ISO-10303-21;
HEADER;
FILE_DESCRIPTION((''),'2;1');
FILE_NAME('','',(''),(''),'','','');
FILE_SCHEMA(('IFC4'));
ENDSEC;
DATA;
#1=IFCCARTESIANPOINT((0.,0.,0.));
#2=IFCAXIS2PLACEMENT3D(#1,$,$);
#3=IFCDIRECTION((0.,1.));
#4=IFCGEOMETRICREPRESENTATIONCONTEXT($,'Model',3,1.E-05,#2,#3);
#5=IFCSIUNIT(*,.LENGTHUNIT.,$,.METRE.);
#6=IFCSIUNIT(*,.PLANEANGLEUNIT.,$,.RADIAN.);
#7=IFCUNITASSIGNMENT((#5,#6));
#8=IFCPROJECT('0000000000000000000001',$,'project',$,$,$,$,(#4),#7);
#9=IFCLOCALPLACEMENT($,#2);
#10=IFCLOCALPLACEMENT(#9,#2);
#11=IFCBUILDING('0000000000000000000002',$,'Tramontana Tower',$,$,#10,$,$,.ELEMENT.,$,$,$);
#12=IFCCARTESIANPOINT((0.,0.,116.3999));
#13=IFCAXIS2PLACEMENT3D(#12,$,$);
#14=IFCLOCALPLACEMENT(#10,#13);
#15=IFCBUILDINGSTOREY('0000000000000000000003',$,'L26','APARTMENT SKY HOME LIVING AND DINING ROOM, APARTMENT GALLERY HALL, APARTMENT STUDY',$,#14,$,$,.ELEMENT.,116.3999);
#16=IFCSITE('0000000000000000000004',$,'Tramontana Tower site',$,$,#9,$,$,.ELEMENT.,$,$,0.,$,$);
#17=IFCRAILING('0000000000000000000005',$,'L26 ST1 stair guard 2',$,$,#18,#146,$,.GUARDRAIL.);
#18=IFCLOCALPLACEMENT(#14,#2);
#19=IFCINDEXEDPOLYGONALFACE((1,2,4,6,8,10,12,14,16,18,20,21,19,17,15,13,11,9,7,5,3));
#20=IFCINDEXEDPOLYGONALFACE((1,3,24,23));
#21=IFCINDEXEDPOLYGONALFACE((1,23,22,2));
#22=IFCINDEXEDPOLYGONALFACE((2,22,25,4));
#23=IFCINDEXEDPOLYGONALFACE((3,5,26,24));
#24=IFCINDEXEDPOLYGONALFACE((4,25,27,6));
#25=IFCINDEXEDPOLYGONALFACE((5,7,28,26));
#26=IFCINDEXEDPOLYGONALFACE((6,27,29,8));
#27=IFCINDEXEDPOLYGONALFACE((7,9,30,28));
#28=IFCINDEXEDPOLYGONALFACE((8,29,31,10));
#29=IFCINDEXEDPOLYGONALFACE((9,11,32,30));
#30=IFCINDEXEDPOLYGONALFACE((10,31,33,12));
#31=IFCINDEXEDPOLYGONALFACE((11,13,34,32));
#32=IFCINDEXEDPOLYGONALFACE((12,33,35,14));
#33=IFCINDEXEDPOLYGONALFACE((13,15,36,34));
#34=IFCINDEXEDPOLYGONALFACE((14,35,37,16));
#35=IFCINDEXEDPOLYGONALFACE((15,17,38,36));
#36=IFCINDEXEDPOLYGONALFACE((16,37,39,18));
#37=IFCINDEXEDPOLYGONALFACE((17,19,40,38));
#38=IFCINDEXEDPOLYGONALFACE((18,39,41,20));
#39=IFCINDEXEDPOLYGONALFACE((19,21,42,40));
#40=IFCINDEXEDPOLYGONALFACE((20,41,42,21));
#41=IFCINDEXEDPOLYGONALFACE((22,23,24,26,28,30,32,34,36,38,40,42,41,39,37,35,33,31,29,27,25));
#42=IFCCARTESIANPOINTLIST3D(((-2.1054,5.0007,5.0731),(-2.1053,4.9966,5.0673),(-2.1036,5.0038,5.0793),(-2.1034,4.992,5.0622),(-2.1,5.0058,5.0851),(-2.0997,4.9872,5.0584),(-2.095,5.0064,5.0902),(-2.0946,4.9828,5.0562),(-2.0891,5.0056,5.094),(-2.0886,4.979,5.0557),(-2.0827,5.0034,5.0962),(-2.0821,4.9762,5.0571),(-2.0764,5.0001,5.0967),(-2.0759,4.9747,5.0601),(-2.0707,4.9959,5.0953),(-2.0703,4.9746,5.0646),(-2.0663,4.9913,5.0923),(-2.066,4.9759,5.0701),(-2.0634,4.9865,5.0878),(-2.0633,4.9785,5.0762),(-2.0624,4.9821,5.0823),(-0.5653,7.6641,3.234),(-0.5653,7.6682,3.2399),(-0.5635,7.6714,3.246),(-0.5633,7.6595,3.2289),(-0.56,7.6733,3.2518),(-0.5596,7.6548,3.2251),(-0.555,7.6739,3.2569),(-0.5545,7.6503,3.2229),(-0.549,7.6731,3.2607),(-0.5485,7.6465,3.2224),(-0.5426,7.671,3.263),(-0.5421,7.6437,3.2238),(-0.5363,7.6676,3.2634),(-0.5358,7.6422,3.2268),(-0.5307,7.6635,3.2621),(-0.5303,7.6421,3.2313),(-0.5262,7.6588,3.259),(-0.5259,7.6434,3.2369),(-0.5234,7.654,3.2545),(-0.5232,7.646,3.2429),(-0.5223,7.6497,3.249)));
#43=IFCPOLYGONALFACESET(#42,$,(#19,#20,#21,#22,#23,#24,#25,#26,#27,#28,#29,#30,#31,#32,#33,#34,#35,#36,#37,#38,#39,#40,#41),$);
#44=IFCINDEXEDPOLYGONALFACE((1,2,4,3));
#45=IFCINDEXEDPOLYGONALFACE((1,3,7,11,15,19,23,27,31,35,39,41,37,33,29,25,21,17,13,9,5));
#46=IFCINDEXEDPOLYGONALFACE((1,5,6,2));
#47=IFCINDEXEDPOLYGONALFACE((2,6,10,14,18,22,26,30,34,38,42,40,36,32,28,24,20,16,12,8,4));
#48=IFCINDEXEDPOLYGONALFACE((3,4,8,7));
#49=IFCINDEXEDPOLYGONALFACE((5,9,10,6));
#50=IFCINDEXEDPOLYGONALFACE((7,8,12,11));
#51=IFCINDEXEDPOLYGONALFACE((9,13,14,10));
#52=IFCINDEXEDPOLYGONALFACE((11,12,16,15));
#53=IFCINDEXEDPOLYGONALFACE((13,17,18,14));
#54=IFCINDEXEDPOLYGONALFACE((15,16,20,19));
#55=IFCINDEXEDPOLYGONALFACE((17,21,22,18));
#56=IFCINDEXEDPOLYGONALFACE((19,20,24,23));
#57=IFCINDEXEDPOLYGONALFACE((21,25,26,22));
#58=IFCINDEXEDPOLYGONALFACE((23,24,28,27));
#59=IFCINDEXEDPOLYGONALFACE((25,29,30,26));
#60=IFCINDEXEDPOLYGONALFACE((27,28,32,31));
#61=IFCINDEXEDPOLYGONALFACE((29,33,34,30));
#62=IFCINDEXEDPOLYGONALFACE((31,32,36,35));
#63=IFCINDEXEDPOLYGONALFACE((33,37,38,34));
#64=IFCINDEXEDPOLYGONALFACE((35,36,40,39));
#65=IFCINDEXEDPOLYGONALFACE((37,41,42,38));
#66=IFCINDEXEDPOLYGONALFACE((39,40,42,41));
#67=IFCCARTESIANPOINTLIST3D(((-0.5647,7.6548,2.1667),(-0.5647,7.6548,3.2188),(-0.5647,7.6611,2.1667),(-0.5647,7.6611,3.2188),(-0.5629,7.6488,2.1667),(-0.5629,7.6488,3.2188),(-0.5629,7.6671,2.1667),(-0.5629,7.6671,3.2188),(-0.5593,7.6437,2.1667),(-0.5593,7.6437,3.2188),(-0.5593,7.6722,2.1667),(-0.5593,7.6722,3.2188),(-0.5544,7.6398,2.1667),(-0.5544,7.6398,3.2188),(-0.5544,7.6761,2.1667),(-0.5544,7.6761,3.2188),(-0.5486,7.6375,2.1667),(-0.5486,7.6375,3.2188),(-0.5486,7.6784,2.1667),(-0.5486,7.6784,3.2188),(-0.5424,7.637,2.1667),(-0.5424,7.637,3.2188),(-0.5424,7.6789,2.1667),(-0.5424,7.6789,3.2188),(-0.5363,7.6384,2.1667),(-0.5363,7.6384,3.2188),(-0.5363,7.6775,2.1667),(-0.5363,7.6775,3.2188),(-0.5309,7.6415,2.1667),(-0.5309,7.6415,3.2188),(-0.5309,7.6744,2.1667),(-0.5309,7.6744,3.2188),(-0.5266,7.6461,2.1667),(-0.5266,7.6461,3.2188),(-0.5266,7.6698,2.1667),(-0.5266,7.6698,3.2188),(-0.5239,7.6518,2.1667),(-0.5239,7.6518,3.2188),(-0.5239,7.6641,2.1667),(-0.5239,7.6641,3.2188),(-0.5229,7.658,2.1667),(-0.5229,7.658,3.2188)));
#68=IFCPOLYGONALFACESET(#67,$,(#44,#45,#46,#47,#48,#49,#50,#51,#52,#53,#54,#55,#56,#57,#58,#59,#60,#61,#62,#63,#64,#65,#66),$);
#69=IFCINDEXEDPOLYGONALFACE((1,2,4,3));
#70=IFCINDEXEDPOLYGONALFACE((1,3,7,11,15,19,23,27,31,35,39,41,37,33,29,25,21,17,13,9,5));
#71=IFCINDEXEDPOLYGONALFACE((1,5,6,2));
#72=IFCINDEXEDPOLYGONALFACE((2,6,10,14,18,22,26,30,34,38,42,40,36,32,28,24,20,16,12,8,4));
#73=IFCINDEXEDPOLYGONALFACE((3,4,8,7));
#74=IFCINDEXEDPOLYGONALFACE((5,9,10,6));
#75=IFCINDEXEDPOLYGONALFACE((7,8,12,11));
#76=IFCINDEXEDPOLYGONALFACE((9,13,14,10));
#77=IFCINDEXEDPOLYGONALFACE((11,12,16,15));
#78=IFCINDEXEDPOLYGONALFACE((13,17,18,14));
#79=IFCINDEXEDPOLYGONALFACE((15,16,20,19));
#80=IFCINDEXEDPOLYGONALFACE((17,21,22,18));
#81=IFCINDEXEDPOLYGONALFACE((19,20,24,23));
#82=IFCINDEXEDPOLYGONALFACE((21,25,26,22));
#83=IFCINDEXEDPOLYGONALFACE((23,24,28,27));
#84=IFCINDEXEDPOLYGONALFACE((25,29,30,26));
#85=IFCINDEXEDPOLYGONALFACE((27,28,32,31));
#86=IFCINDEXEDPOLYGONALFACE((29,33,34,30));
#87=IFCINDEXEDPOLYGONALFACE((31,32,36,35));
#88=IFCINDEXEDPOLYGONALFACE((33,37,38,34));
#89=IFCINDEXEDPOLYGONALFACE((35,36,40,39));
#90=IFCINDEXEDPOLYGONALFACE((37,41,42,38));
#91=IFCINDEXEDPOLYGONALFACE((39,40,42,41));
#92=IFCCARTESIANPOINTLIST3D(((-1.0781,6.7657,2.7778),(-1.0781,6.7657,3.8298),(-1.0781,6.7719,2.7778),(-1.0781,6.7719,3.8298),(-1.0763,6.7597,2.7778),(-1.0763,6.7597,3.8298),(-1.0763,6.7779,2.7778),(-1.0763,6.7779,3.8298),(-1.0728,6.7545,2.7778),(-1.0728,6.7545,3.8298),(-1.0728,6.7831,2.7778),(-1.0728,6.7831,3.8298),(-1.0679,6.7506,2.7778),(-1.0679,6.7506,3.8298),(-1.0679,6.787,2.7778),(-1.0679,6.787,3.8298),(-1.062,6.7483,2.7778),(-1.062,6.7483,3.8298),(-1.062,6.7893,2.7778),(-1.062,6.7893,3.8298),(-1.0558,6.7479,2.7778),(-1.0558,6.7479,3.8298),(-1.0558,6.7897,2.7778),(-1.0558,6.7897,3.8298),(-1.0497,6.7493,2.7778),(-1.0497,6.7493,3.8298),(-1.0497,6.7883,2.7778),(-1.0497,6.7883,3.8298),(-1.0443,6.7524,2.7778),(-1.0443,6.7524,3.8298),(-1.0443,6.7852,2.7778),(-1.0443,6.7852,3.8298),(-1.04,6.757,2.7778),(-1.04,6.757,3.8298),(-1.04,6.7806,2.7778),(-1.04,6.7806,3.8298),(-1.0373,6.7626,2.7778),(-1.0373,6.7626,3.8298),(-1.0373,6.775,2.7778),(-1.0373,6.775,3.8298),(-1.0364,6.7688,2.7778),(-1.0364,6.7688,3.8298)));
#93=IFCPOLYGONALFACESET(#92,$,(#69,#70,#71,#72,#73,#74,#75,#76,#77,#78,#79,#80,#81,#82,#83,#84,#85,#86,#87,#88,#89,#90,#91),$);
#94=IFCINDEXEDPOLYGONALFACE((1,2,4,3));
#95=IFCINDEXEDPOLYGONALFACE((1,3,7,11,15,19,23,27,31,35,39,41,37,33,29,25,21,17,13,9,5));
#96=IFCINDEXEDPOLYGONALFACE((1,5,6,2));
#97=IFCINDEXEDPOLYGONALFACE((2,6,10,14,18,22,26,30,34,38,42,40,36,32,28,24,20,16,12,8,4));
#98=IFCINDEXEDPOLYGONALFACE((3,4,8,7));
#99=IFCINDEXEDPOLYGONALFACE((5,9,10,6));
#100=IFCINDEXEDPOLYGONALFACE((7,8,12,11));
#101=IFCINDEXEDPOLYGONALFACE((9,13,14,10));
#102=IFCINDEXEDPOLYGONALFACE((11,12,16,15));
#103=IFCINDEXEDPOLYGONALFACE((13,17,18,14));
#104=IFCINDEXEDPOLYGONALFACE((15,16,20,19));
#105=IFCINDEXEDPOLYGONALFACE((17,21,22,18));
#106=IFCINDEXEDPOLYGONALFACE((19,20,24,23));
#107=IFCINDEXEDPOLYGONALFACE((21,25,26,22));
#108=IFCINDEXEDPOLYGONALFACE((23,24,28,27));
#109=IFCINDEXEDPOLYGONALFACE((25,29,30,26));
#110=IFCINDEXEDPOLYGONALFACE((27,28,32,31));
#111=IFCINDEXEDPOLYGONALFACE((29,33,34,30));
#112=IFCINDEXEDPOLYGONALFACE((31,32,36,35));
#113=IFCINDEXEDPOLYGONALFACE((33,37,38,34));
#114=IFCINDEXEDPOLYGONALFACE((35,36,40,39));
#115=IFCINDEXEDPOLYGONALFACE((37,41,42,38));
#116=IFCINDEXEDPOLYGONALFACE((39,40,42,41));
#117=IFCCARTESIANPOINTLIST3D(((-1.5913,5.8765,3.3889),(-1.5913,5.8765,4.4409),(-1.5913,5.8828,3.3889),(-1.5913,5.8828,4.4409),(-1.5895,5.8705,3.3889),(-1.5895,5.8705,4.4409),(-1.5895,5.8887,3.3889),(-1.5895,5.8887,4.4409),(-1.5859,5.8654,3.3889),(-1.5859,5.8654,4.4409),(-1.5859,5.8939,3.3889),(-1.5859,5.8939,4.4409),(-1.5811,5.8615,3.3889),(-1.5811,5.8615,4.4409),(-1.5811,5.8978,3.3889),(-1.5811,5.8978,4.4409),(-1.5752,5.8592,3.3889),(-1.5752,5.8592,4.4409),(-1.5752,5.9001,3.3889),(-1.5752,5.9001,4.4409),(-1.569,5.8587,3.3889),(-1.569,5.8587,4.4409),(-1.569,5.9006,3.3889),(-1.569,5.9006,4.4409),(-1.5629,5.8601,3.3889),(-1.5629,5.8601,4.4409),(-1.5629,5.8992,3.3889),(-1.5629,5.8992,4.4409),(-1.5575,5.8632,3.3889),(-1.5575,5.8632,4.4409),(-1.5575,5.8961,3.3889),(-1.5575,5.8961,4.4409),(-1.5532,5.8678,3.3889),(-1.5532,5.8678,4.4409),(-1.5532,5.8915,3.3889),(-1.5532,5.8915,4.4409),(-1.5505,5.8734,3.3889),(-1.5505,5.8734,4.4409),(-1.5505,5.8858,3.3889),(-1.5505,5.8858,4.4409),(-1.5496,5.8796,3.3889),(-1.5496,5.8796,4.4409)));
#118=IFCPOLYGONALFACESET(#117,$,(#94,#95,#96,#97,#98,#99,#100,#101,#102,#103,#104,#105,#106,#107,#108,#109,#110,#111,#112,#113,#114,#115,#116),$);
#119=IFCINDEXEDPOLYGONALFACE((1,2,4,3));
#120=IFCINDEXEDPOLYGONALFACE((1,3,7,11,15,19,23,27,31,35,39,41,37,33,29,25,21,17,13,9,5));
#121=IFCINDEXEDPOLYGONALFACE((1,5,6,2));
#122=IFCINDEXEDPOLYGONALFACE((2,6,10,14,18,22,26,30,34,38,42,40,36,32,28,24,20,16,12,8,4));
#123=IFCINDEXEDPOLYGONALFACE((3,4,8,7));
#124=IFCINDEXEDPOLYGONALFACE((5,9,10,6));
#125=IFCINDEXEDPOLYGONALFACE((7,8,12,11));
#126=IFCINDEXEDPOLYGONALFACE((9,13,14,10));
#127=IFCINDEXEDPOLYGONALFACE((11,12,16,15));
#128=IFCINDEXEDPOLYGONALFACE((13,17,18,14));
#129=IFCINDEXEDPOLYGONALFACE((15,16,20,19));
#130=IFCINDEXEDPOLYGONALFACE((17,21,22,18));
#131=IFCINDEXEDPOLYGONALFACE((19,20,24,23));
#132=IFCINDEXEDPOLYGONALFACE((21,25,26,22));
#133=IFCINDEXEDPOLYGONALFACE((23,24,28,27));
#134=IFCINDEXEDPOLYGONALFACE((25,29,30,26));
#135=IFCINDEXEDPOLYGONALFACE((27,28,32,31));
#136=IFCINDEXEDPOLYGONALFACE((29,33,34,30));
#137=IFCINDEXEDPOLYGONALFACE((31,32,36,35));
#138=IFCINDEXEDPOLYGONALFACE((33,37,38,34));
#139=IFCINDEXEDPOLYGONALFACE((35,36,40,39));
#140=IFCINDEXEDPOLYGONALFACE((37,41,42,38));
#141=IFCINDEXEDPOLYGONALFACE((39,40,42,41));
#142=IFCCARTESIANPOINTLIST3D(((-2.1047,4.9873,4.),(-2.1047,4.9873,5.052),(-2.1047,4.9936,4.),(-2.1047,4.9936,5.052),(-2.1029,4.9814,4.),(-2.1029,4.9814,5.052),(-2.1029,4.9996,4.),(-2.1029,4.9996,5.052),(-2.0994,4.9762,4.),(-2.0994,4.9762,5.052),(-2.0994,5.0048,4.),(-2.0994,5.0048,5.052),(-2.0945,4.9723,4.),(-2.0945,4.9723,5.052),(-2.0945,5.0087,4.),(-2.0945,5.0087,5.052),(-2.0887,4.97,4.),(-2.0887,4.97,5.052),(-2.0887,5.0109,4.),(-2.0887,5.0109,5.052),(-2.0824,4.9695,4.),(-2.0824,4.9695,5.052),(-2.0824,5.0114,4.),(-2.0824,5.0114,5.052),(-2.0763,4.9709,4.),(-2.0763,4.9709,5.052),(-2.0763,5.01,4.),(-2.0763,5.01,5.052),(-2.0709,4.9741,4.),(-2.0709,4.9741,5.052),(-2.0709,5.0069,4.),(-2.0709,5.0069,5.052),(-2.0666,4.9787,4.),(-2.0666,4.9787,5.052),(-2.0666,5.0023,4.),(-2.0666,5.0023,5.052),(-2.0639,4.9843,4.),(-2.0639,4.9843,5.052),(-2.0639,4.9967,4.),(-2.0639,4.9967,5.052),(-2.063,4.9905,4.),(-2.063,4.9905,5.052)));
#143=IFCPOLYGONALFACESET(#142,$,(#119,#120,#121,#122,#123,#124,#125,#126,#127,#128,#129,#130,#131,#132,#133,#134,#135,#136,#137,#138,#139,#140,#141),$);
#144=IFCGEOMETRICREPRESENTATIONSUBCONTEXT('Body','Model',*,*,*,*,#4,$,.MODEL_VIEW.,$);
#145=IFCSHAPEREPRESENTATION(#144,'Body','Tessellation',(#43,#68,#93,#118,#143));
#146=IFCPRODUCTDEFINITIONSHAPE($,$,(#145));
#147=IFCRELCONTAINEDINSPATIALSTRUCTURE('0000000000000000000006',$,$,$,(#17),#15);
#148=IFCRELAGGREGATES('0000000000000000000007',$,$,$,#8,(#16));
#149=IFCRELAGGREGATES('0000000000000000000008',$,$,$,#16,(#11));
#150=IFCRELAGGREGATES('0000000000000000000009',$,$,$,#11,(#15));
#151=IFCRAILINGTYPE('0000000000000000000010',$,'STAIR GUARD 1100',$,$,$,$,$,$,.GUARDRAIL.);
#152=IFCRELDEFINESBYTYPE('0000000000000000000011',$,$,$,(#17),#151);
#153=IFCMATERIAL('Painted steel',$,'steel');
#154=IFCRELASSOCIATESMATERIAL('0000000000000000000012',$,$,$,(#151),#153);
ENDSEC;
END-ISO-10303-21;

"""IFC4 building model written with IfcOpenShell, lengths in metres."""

from ifc_helpers import new_model, si_unit, direction, frame, origin, origin_2d, place, context, subcontext, project, spatial, circle, extrude, material, type_object, element, save


model = new_model("IFC4")

# Units and contexts
model_context = context("Model", 3, precision=1e-05, world=origin(), true_north=direction((0.0, 1.0)))
body_context = subcontext(model_context, "Body", "Model", "MODEL_VIEW")
ifc_project = project(units=[si_unit("LENGTHUNIT", "METRE"), si_unit("PLANEANGLEUNIT", "RADIAN")], contexts=[model_context])

# Site, building, storey
site_placement = place(None, origin())
site = spatial("IfcSite", under=ifc_project, at=site_placement, Name="Tramontana Tower site", CompositionType="ELEMENT", RefElevation=0.0)
building_placement = place(site_placement, origin())
building = spatial("IfcBuilding", under=site, at=building_placement, Name="Tramontana Tower", CompositionType="ELEMENT")
storey_placement = place(building_placement, frame((0.0, 0.0, 116.3999)))
storey = spatial("IfcBuildingStorey", under=building, at=storey_placement, Name="L26", Description="APARTMENT SKY HOME LIVING AND DINING ROOM, APARTMENT GALLERY HALL, APARTMENT STUDY", CompositionType="ELEMENT", Elevation=116.3999)

# Railing
ifc_material_1 = material(Name="Painted steel", Category="steel")
railing_type_1 = type_object("IfcRailingType", Name="STAIR GUARD 1100", PredefinedType="GUARDRAIL", material=ifc_material_1)
railing_1_placement = place(storey_placement, frame((-0.5439, 7.658, 2.1667)))
element("IfcRailing", 1, at=railing_1_placement, inside=storey, type_object=railing_type_1, Name="L26 ST1 stair guard 2", PredefinedType="GUARDRAIL", context=body_context, shape_type="SweptSolid", body=[
    extrude(circle(Radius=0.0239, at=origin_2d()), frame((0.0, 0.0, 1.0762), z_axis=(-0.429649, -0.74419, 0.511452), x_axis=(0.86603, -0.499992, 0.0)), (0.0, 0.0, 1.0), 3.5845),
    extrude(circle(Radius=0.021, at=origin_2d()), origin(), (0.0, 0.0, 1.0), 1.052),
    extrude(circle(Radius=0.021, at=origin_2d()), frame((-0.5134, -0.8892, 0.6111)), (0.0, 0.0, 1.0), 1.052),
    extrude(circle(Radius=0.021, at=origin_2d()), frame((-1.0266, -1.7783, 1.2222)), (0.0, 0.0, 1.0), 1.052),
    extrude(circle(Radius=0.021, at=origin_2d()), frame((-1.54, -2.6675, 1.8333)), (0.0, 0.0, 1.0), 1.052),
])

save(model, "model.ifc")
